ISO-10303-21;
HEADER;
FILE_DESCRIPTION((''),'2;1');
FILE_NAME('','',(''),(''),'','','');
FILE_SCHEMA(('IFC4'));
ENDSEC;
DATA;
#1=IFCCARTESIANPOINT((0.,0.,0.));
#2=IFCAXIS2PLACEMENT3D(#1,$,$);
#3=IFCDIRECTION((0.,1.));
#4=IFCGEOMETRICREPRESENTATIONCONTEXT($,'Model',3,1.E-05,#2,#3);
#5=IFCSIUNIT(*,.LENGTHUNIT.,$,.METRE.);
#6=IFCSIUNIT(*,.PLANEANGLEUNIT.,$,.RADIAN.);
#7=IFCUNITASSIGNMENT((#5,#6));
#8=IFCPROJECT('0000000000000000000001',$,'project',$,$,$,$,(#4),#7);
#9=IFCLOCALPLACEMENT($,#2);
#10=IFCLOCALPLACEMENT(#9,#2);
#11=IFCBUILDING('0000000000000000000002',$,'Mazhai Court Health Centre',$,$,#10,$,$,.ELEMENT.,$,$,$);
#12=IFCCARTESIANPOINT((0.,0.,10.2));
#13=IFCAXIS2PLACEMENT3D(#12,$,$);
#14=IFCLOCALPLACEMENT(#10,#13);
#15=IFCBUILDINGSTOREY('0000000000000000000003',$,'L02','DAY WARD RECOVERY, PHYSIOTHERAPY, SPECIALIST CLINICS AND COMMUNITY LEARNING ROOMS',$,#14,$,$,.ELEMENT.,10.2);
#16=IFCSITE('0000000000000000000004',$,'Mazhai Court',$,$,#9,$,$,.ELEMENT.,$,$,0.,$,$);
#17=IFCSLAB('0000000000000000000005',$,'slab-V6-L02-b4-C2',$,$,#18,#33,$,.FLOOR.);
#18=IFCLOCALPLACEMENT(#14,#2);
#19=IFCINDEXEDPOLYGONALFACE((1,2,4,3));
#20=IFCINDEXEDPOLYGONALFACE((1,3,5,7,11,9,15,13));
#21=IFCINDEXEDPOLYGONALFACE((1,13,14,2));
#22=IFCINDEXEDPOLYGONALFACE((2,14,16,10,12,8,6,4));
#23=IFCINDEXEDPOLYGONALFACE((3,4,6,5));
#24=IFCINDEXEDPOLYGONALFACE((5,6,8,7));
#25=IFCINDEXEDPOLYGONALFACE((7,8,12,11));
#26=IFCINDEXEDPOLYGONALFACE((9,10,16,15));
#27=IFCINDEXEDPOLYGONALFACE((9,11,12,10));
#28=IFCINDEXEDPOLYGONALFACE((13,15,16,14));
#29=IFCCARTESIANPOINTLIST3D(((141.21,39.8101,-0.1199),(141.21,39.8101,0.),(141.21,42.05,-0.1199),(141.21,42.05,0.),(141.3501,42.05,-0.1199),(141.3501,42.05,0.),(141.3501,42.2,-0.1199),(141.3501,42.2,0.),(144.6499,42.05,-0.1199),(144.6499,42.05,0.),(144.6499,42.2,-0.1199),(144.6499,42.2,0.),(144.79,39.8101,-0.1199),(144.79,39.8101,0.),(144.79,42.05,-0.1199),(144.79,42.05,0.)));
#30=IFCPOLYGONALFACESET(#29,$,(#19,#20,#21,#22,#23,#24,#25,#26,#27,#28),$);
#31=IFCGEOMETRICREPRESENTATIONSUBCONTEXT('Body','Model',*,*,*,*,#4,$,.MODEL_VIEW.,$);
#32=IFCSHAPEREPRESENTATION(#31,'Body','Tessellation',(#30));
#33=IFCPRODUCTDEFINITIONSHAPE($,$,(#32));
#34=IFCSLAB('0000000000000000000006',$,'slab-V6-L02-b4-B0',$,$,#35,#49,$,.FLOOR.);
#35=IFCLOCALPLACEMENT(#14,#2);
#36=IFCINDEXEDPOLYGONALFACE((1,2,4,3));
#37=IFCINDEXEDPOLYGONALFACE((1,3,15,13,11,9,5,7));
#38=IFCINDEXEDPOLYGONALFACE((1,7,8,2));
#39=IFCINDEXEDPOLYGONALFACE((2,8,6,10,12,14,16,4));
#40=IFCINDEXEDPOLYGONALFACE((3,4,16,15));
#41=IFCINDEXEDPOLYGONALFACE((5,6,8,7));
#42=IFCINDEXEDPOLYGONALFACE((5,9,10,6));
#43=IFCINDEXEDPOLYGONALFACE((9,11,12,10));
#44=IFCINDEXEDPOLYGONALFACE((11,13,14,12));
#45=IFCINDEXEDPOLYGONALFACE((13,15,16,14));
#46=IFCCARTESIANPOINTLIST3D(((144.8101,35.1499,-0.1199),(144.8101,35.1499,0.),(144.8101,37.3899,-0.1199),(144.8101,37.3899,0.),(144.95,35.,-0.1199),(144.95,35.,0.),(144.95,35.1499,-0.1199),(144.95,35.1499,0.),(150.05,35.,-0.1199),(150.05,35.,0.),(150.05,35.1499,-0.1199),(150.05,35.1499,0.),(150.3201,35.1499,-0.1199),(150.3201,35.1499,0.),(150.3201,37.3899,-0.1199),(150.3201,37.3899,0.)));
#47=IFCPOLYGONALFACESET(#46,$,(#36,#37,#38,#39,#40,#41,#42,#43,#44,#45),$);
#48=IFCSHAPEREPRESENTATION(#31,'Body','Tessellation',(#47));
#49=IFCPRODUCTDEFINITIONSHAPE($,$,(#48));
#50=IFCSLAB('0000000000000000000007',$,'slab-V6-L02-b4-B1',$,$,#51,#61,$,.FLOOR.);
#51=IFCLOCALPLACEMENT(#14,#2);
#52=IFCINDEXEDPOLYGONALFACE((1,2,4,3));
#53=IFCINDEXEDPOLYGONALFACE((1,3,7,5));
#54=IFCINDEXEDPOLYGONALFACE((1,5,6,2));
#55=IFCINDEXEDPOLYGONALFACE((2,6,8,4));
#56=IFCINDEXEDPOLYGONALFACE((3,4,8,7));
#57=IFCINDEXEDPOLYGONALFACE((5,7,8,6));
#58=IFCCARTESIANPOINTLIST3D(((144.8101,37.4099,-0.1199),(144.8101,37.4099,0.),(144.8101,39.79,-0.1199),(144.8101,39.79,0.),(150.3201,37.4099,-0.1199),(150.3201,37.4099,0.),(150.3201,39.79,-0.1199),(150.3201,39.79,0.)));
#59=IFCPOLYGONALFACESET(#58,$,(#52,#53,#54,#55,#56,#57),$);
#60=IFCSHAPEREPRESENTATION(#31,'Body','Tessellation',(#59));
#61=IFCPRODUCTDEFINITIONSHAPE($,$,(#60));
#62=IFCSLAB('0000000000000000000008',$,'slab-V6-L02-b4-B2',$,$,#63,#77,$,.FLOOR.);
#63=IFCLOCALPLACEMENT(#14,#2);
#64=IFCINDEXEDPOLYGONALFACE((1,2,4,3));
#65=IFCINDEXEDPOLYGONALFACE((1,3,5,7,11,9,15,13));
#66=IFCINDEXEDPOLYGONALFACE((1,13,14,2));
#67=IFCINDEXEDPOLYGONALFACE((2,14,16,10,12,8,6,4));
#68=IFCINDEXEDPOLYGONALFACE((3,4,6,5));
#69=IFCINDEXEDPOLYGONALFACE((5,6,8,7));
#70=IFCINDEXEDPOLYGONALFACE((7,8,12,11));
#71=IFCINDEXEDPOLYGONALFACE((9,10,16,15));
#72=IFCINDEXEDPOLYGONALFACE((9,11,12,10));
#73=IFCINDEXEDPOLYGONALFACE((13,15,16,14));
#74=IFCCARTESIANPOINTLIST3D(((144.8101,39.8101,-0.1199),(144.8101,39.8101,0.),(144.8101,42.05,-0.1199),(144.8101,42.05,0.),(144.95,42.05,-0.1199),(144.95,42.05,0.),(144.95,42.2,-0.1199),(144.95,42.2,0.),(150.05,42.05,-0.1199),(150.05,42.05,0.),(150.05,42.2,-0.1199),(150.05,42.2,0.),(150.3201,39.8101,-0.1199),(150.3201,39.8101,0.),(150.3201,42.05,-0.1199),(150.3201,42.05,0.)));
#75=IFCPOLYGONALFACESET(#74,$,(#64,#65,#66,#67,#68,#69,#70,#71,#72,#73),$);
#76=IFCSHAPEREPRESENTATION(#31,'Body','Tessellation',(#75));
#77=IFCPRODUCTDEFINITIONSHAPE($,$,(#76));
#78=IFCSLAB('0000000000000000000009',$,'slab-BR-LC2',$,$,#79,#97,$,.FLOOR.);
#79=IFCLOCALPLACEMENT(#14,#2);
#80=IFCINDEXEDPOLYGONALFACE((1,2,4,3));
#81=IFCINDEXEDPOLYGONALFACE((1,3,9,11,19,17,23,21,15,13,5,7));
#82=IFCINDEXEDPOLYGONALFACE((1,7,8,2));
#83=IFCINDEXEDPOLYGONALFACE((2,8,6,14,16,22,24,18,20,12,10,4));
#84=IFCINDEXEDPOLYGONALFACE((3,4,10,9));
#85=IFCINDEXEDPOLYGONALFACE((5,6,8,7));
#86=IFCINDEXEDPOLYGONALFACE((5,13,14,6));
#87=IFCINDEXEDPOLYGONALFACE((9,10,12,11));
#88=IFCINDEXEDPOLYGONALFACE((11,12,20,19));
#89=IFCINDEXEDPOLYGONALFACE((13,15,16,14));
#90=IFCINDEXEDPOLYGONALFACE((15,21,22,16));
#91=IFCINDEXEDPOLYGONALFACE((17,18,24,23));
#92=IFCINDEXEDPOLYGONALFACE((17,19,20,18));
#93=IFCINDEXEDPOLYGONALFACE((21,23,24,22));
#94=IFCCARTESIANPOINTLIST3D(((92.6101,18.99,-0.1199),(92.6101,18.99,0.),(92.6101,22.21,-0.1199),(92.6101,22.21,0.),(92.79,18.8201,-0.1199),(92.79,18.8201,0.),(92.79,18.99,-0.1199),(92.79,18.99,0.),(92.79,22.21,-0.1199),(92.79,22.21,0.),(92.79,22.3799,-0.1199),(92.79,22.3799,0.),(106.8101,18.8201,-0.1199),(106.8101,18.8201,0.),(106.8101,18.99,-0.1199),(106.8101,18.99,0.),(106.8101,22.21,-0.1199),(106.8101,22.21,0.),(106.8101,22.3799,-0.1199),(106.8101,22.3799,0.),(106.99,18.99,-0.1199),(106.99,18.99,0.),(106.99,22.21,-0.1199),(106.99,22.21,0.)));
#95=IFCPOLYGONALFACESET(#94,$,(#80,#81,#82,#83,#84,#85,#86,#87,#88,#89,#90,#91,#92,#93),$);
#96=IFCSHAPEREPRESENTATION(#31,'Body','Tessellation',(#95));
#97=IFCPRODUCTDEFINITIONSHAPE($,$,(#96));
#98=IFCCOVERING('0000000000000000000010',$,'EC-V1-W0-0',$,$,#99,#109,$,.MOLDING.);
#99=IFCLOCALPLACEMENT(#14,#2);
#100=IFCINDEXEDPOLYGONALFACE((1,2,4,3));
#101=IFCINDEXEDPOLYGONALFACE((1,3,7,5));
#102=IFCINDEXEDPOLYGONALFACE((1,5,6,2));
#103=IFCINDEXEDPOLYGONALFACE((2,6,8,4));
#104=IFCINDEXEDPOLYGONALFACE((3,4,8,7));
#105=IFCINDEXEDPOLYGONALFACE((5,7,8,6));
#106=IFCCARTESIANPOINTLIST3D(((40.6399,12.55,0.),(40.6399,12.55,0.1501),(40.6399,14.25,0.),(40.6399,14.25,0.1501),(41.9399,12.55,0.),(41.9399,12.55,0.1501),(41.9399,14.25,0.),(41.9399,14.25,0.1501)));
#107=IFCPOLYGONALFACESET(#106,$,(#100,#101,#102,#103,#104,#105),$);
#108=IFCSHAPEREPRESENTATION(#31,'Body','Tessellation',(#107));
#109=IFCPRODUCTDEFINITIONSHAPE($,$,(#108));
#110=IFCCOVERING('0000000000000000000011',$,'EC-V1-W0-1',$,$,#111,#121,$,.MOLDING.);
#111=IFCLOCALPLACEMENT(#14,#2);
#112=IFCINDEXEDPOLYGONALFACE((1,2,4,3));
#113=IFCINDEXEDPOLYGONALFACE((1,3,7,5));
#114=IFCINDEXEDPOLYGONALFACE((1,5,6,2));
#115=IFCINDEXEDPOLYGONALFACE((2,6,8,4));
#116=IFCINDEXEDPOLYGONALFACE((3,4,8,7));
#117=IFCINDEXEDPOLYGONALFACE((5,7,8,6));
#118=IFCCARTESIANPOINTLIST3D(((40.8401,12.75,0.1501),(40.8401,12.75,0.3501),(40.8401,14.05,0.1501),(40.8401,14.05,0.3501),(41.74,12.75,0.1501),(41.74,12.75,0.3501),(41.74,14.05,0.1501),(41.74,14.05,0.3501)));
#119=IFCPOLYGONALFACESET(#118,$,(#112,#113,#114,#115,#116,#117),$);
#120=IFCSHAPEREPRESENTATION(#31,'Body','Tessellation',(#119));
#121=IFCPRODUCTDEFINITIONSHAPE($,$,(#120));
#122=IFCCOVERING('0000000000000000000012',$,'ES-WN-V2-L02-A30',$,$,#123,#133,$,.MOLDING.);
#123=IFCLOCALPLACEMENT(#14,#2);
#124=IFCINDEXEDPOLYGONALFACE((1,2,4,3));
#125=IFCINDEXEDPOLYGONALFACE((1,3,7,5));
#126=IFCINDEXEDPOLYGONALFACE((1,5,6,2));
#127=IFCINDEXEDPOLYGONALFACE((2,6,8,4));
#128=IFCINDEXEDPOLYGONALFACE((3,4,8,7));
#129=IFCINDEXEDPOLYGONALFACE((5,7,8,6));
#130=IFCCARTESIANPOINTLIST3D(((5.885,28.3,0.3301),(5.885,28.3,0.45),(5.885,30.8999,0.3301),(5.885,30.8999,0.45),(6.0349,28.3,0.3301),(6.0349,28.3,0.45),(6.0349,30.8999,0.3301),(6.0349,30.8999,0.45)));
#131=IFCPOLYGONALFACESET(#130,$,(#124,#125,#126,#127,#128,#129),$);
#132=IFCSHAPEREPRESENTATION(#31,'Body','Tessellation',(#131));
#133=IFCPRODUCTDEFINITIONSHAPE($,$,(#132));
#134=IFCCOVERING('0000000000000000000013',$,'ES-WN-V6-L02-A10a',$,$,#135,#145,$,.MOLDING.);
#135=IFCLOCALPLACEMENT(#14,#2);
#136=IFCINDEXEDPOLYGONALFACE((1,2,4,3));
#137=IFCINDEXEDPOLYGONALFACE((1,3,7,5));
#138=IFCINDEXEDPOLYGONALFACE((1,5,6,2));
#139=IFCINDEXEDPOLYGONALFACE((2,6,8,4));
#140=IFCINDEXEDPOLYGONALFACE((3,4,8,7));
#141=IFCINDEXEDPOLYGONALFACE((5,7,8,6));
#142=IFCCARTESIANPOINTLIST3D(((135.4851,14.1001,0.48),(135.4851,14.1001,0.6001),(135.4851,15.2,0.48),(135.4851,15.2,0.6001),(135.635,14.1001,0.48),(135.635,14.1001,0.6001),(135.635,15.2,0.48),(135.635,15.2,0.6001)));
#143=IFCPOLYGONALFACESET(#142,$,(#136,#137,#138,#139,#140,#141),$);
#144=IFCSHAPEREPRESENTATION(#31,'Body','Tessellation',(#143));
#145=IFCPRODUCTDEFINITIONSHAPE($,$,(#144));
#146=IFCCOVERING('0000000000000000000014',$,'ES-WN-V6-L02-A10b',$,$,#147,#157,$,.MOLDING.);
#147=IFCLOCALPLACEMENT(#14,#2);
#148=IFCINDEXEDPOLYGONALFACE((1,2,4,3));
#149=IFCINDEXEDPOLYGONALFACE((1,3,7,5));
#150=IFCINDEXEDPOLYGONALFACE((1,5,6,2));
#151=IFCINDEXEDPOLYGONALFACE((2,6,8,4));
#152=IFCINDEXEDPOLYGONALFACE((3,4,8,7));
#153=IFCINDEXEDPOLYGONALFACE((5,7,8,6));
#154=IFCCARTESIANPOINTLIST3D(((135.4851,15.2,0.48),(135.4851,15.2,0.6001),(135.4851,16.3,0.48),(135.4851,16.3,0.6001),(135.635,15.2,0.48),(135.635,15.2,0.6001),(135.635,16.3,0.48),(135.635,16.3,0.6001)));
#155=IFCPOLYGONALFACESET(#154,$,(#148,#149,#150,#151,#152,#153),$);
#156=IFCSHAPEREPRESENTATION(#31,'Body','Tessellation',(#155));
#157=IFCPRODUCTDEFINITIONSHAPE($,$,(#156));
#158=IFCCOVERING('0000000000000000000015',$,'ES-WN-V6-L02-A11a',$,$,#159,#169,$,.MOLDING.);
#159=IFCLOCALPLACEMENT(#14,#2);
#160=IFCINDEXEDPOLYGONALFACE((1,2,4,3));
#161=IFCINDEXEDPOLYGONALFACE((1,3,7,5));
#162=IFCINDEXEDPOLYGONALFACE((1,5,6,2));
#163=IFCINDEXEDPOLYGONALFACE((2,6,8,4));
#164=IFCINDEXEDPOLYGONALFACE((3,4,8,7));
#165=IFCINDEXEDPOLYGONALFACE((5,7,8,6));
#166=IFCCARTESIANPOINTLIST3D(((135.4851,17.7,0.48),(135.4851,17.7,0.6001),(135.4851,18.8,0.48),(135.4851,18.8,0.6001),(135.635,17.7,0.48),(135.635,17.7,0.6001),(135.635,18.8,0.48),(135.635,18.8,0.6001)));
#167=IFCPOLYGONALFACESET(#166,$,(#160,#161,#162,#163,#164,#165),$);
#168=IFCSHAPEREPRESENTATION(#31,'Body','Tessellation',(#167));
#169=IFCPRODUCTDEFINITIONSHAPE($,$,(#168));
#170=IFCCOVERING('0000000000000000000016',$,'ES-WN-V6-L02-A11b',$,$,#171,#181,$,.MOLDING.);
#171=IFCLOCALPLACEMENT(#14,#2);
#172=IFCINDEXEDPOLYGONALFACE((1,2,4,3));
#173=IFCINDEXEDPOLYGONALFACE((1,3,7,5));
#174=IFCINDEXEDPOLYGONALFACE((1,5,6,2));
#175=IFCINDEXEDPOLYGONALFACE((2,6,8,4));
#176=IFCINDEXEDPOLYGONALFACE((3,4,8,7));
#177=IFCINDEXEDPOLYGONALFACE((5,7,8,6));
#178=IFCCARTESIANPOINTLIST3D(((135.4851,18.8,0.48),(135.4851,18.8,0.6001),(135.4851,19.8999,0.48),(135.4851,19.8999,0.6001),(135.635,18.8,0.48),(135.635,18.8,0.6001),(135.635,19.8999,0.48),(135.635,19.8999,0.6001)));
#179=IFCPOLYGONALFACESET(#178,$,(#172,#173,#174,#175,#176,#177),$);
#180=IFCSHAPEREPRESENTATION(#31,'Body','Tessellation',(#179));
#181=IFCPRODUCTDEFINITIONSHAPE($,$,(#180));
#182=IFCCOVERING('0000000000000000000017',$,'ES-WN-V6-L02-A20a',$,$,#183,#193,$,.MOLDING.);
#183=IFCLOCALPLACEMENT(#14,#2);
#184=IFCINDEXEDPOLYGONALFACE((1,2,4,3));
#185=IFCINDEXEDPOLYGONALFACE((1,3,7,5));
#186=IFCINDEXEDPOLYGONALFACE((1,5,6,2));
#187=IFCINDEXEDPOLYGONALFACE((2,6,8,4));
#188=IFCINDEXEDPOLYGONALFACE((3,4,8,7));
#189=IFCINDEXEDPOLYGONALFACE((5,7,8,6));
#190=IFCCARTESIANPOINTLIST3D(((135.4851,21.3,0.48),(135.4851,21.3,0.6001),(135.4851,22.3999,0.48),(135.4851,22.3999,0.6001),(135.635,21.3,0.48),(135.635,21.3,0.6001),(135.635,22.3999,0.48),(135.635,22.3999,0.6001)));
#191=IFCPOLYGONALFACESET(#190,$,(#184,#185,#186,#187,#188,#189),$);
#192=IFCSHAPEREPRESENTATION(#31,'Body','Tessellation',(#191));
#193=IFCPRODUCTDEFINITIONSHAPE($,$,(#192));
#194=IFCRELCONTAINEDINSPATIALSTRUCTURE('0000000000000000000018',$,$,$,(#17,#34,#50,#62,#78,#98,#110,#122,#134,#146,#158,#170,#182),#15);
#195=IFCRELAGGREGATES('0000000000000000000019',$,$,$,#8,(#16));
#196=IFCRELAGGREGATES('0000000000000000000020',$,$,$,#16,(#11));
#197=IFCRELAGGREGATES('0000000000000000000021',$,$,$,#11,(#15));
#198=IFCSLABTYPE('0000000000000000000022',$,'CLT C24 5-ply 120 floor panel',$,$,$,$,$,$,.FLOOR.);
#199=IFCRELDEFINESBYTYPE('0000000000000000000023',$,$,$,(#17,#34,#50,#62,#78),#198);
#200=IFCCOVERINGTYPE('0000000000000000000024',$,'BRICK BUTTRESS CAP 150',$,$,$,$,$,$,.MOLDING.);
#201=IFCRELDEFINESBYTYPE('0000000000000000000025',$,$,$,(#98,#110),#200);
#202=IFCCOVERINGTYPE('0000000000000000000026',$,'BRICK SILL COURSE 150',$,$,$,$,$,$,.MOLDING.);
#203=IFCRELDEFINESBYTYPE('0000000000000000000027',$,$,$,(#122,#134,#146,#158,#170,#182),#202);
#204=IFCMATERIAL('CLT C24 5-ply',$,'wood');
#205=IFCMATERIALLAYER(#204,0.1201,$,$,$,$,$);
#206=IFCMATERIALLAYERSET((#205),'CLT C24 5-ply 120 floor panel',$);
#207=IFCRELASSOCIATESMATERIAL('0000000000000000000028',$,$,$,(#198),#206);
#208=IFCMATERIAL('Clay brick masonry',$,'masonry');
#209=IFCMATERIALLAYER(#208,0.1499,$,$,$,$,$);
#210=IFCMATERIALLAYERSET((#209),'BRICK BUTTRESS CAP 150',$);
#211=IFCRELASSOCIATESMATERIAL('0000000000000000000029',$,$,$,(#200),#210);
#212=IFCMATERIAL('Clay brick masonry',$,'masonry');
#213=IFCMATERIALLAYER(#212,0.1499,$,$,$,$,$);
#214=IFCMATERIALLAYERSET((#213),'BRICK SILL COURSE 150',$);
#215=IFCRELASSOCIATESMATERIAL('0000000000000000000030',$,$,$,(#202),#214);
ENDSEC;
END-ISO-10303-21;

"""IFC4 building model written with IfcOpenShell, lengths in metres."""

from ifc_helpers import new_model, si_unit, direction, frame, origin, place, context, subcontext, project, spatial, polyline, outline, extrude, material, layer, layer_set, type_object, element, save


model = new_model("IFC4")

# Units and contexts
model_context = context("Model", 3, precision=1e-05, world=origin(), true_north=direction((0.0, 1.0)))
body_context = subcontext(model_context, "Body", "Model", "MODEL_VIEW")
ifc_project = project(units=[si_unit("LENGTHUNIT", "METRE"), si_unit("PLANEANGLEUNIT", "RADIAN")], contexts=[model_context])

# Site, building, storey
site_placement = place(None, origin())
site = spatial("IfcSite", under=ifc_project, at=site_placement, Name="Mazhai Court", CompositionType="ELEMENT", RefElevation=0.0)
building_placement = place(site_placement, origin())
building = spatial("IfcBuilding", under=site, at=building_placement, Name="Mazhai Court Health Centre", CompositionType="ELEMENT")
storey_placement = place(building_placement, frame((0.0, 0.0, 10.2)))
storey = spatial("IfcBuildingStorey", under=building, at=storey_placement, Name="L02", Description="DAY WARD RECOVERY, PHYSIOTHERAPY, SPECIALIST CLINICS AND COMMUNITY LEARNING ROOMS", CompositionType="ELEMENT", Elevation=10.2)

# Slabs
ifc_material_1 = material(Name="CLT C24 5-ply", Category="wood")
ifc_layer_1 = layer(ifc_material_1, 0.1201)
ifc_layer_set_1 = layer_set([ifc_layer_1], Name="CLT C24 5-ply 120 floor panel")
slab_type = type_object("IfcSlabType", Name="CLT C24 5-ply 120 floor panel", PredefinedType="FLOOR", material=ifc_layer_set_1)
slab_1_placement = place(storey_placement, frame((0.0, 0.0, -0.1199)))
element("IfcSlab", 1, at=slab_1_placement, inside=storey, type_object=slab_type, Name="slab-V6-L02-b4-C2", PredefinedType="FLOOR", context=body_context, shape_type="SweptSolid", body=[
    extrude(outline(polyline([(144.79, 39.8101), (144.79, 42.05), (144.6499, 42.05), (144.6499, 42.2), (141.3501, 42.2), (141.3501, 42.05), (141.21, 42.05), (141.21, 39.8101), (144.79, 39.8101)])), origin(), (0.0, 0.0, 1.0), 0.1199),
])
slab_2_placement = place(storey_placement, frame((0.0, 0.0, -0.1199)))
element("IfcSlab", 2, at=slab_2_placement, inside=storey, type_object=slab_type, Name="slab-V6-L02-b4-B0", PredefinedType="FLOOR", context=body_context, shape_type="SweptSolid", body=[
    extrude(outline(polyline([(144.8101, 37.3899), (144.8101, 35.1499), (144.95, 35.1499), (144.95, 35.0), (150.05, 35.0), (150.05, 35.1499), (150.3201, 35.1499), (150.3201, 37.3899), (144.8101, 37.3899)])), origin(), (0.0, 0.0, 1.0), 0.1199),
])
slab_3_placement = place(storey_placement, frame((0.0, 0.0, -0.1199)))
element("IfcSlab", 3, at=slab_3_placement, inside=storey, type_object=slab_type, Name="slab-V6-L02-b4-B1", PredefinedType="FLOOR", context=body_context, shape_type="SweptSolid", body=[
    extrude(outline(polyline([(144.8101, 37.4099), (150.3201, 37.4099), (150.3201, 39.79), (144.8101, 39.79), (144.8101, 37.4099)])), origin(), (0.0, 0.0, 1.0), 0.1199),
])
slab_4_placement = place(storey_placement, frame((0.0, 0.0, -0.1199)))
element("IfcSlab", 4, at=slab_4_placement, inside=storey, type_object=slab_type, Name="slab-V6-L02-b4-B2", PredefinedType="FLOOR", context=body_context, shape_type="SweptSolid", body=[
    extrude(outline(polyline([(150.3201, 39.8101), (150.3201, 42.05), (150.05, 42.05), (150.05, 42.2), (144.95, 42.2), (144.95, 42.05), (144.8101, 42.05), (144.8101, 39.8101), (150.3201, 39.8101)])), origin(), (0.0, 0.0, 1.0), 0.1199),
])
slab_5_placement = place(storey_placement, frame((0.0, 0.0, -0.1199)))
element("IfcSlab", 5, at=slab_5_placement, inside=storey, type_object=slab_type, Name="slab-BR-LC2", PredefinedType="FLOOR", context=body_context, shape_type="SweptSolid", body=[
    extrude(outline(polyline([(106.99, 18.99), (106.99, 22.21), (106.8101, 22.21), (106.8101, 22.3799), (92.79, 22.3799), (92.79, 22.21), (92.6101, 22.21), (92.6101, 18.99), (92.79, 18.99), (92.79, 18.8201), (106.8101, 18.8201), (106.8101, 18.99), (106.99, 18.99)])), origin(), (0.0, 0.0, 1.0), 0.1199),
])

# Coverings
ifc_material_2 = material(Name="Clay brick masonry", Category="masonry")
ifc_layer_2 = layer(ifc_material_2, 0.1499)
ifc_layer_set_2 = layer_set([ifc_layer_2], Name="BRICK BUTTRESS CAP 150")
covering_type_1 = type_object("IfcCoveringType", Name="BRICK BUTTRESS CAP 150", PredefinedType="MOLDING", material=ifc_layer_set_2)
covering_1_placement = place(storey_placement, origin())
element("IfcCovering", 6, at=covering_1_placement, inside=storey, type_object=covering_type_1, Name="EC-V1-W0-0", PredefinedType="MOLDING", context=body_context, shape_type="SweptSolid", body=[
    extrude(outline(polyline([(41.9399, 12.55), (41.9399, 14.25), (40.6399, 14.25), (40.6399, 12.55), (41.9399, 12.55)])), origin(), (0.0, 0.0, 1.0), 0.1501),
])
covering_2_placement = place(storey_placement, frame((0.0, 0.0, 0.1501)))
element("IfcCovering", 7, at=covering_2_placement, inside=storey, type_object=covering_type_1, Name="EC-V1-W0-1", PredefinedType="MOLDING", context=body_context, shape_type="SweptSolid", body=[
    extrude(outline(polyline([(41.74, 12.75), (41.74, 14.05), (40.8401, 14.05), (40.8401, 12.75), (41.74, 12.75)])), origin(), (0.0, 0.0, 1.0), 0.2),
])
ifc_material_3 = material(Name="Clay brick masonry", Category="masonry")
ifc_layer_3 = layer(ifc_material_3, 0.1499)
ifc_layer_set_3 = layer_set([ifc_layer_3], Name="BRICK SILL COURSE 150")
covering_type_2 = type_object("IfcCoveringType", Name="BRICK SILL COURSE 150", PredefinedType="MOLDING", material=ifc_layer_set_3)
covering_3_placement = place(storey_placement, frame((0.0, 0.0, 0.3301)))
element("IfcCovering", 8, at=covering_3_placement, inside=storey, type_object=covering_type_2, Name="ES-WN-V2-L02-A30", PredefinedType="MOLDING", context=body_context, shape_type="SweptSolid", body=[
    extrude(outline(polyline([(6.0349, 28.3), (6.0349, 30.8999), (5.885, 30.8999), (5.885, 28.3), (6.0349, 28.3)])), origin(), (0.0, 0.0, 1.0), 0.1199),
])
covering_4_placement = place(storey_placement, frame((0.0, 0.0, 0.48)))
element("IfcCovering", 9, at=covering_4_placement, inside=storey, type_object=covering_type_2, Name="ES-WN-V6-L02-A10a", PredefinedType="MOLDING", context=body_context, shape_type="SweptSolid", body=[
    extrude(outline(polyline([(135.635, 14.1001), (135.635, 15.2), (135.4851, 15.2), (135.4851, 14.1001), (135.635, 14.1001)])), origin(), (0.0, 0.0, 1.0), 0.1201),
])
covering_5_placement = place(storey_placement, frame((0.0, 0.0, 0.48)))
element("IfcCovering", 10, at=covering_5_placement, inside=storey, type_object=covering_type_2, Name="ES-WN-V6-L02-A10b", PredefinedType="MOLDING", context=body_context, shape_type="SweptSolid", body=[
    extrude(outline(polyline([(135.635, 15.2), (135.635, 16.3), (135.4851, 16.3), (135.4851, 15.2), (135.635, 15.2)])), origin(), (0.0, 0.0, 1.0), 0.1201),
])
covering_6_placement = place(storey_placement, frame((0.0, 0.0, 0.48)))
element("IfcCovering", 11, at=covering_6_placement, inside=storey, type_object=covering_type_2, Name="ES-WN-V6-L02-A11a", PredefinedType="MOLDING", context=body_context, shape_type="SweptSolid", body=[
    extrude(outline(polyline([(135.635, 17.7), (135.635, 18.8), (135.4851, 18.8), (135.4851, 17.7), (135.635, 17.7)])), origin(), (0.0, 0.0, 1.0), 0.1201),
])
covering_7_placement = place(storey_placement, frame((0.0, 0.0, 0.48)))
element("IfcCovering", 12, at=covering_7_placement, inside=storey, type_object=covering_type_2, Name="ES-WN-V6-L02-A11b", PredefinedType="MOLDING", context=body_context, shape_type="SweptSolid", body=[
    extrude(outline(polyline([(135.635, 18.8), (135.635, 19.8999), (135.4851, 19.8999), (135.4851, 18.8), (135.635, 18.8)])), origin(), (0.0, 0.0, 1.0), 0.1201),
])
covering_8_placement = place(storey_placement, frame((0.0, 0.0, 0.48)))
element("IfcCovering", 13, at=covering_8_placement, inside=storey, type_object=covering_type_2, Name="ES-WN-V6-L02-A20a", PredefinedType="MOLDING", context=body_context, shape_type="SweptSolid", body=[
    extrude(outline(polyline([(135.635, 21.3), (135.635, 22.3999), (135.4851, 22.3999), (135.4851, 21.3), (135.635, 21.3)])), origin(), (0.0, 0.0, 1.0), 0.1201),
])

save(model, "model.ifc")
